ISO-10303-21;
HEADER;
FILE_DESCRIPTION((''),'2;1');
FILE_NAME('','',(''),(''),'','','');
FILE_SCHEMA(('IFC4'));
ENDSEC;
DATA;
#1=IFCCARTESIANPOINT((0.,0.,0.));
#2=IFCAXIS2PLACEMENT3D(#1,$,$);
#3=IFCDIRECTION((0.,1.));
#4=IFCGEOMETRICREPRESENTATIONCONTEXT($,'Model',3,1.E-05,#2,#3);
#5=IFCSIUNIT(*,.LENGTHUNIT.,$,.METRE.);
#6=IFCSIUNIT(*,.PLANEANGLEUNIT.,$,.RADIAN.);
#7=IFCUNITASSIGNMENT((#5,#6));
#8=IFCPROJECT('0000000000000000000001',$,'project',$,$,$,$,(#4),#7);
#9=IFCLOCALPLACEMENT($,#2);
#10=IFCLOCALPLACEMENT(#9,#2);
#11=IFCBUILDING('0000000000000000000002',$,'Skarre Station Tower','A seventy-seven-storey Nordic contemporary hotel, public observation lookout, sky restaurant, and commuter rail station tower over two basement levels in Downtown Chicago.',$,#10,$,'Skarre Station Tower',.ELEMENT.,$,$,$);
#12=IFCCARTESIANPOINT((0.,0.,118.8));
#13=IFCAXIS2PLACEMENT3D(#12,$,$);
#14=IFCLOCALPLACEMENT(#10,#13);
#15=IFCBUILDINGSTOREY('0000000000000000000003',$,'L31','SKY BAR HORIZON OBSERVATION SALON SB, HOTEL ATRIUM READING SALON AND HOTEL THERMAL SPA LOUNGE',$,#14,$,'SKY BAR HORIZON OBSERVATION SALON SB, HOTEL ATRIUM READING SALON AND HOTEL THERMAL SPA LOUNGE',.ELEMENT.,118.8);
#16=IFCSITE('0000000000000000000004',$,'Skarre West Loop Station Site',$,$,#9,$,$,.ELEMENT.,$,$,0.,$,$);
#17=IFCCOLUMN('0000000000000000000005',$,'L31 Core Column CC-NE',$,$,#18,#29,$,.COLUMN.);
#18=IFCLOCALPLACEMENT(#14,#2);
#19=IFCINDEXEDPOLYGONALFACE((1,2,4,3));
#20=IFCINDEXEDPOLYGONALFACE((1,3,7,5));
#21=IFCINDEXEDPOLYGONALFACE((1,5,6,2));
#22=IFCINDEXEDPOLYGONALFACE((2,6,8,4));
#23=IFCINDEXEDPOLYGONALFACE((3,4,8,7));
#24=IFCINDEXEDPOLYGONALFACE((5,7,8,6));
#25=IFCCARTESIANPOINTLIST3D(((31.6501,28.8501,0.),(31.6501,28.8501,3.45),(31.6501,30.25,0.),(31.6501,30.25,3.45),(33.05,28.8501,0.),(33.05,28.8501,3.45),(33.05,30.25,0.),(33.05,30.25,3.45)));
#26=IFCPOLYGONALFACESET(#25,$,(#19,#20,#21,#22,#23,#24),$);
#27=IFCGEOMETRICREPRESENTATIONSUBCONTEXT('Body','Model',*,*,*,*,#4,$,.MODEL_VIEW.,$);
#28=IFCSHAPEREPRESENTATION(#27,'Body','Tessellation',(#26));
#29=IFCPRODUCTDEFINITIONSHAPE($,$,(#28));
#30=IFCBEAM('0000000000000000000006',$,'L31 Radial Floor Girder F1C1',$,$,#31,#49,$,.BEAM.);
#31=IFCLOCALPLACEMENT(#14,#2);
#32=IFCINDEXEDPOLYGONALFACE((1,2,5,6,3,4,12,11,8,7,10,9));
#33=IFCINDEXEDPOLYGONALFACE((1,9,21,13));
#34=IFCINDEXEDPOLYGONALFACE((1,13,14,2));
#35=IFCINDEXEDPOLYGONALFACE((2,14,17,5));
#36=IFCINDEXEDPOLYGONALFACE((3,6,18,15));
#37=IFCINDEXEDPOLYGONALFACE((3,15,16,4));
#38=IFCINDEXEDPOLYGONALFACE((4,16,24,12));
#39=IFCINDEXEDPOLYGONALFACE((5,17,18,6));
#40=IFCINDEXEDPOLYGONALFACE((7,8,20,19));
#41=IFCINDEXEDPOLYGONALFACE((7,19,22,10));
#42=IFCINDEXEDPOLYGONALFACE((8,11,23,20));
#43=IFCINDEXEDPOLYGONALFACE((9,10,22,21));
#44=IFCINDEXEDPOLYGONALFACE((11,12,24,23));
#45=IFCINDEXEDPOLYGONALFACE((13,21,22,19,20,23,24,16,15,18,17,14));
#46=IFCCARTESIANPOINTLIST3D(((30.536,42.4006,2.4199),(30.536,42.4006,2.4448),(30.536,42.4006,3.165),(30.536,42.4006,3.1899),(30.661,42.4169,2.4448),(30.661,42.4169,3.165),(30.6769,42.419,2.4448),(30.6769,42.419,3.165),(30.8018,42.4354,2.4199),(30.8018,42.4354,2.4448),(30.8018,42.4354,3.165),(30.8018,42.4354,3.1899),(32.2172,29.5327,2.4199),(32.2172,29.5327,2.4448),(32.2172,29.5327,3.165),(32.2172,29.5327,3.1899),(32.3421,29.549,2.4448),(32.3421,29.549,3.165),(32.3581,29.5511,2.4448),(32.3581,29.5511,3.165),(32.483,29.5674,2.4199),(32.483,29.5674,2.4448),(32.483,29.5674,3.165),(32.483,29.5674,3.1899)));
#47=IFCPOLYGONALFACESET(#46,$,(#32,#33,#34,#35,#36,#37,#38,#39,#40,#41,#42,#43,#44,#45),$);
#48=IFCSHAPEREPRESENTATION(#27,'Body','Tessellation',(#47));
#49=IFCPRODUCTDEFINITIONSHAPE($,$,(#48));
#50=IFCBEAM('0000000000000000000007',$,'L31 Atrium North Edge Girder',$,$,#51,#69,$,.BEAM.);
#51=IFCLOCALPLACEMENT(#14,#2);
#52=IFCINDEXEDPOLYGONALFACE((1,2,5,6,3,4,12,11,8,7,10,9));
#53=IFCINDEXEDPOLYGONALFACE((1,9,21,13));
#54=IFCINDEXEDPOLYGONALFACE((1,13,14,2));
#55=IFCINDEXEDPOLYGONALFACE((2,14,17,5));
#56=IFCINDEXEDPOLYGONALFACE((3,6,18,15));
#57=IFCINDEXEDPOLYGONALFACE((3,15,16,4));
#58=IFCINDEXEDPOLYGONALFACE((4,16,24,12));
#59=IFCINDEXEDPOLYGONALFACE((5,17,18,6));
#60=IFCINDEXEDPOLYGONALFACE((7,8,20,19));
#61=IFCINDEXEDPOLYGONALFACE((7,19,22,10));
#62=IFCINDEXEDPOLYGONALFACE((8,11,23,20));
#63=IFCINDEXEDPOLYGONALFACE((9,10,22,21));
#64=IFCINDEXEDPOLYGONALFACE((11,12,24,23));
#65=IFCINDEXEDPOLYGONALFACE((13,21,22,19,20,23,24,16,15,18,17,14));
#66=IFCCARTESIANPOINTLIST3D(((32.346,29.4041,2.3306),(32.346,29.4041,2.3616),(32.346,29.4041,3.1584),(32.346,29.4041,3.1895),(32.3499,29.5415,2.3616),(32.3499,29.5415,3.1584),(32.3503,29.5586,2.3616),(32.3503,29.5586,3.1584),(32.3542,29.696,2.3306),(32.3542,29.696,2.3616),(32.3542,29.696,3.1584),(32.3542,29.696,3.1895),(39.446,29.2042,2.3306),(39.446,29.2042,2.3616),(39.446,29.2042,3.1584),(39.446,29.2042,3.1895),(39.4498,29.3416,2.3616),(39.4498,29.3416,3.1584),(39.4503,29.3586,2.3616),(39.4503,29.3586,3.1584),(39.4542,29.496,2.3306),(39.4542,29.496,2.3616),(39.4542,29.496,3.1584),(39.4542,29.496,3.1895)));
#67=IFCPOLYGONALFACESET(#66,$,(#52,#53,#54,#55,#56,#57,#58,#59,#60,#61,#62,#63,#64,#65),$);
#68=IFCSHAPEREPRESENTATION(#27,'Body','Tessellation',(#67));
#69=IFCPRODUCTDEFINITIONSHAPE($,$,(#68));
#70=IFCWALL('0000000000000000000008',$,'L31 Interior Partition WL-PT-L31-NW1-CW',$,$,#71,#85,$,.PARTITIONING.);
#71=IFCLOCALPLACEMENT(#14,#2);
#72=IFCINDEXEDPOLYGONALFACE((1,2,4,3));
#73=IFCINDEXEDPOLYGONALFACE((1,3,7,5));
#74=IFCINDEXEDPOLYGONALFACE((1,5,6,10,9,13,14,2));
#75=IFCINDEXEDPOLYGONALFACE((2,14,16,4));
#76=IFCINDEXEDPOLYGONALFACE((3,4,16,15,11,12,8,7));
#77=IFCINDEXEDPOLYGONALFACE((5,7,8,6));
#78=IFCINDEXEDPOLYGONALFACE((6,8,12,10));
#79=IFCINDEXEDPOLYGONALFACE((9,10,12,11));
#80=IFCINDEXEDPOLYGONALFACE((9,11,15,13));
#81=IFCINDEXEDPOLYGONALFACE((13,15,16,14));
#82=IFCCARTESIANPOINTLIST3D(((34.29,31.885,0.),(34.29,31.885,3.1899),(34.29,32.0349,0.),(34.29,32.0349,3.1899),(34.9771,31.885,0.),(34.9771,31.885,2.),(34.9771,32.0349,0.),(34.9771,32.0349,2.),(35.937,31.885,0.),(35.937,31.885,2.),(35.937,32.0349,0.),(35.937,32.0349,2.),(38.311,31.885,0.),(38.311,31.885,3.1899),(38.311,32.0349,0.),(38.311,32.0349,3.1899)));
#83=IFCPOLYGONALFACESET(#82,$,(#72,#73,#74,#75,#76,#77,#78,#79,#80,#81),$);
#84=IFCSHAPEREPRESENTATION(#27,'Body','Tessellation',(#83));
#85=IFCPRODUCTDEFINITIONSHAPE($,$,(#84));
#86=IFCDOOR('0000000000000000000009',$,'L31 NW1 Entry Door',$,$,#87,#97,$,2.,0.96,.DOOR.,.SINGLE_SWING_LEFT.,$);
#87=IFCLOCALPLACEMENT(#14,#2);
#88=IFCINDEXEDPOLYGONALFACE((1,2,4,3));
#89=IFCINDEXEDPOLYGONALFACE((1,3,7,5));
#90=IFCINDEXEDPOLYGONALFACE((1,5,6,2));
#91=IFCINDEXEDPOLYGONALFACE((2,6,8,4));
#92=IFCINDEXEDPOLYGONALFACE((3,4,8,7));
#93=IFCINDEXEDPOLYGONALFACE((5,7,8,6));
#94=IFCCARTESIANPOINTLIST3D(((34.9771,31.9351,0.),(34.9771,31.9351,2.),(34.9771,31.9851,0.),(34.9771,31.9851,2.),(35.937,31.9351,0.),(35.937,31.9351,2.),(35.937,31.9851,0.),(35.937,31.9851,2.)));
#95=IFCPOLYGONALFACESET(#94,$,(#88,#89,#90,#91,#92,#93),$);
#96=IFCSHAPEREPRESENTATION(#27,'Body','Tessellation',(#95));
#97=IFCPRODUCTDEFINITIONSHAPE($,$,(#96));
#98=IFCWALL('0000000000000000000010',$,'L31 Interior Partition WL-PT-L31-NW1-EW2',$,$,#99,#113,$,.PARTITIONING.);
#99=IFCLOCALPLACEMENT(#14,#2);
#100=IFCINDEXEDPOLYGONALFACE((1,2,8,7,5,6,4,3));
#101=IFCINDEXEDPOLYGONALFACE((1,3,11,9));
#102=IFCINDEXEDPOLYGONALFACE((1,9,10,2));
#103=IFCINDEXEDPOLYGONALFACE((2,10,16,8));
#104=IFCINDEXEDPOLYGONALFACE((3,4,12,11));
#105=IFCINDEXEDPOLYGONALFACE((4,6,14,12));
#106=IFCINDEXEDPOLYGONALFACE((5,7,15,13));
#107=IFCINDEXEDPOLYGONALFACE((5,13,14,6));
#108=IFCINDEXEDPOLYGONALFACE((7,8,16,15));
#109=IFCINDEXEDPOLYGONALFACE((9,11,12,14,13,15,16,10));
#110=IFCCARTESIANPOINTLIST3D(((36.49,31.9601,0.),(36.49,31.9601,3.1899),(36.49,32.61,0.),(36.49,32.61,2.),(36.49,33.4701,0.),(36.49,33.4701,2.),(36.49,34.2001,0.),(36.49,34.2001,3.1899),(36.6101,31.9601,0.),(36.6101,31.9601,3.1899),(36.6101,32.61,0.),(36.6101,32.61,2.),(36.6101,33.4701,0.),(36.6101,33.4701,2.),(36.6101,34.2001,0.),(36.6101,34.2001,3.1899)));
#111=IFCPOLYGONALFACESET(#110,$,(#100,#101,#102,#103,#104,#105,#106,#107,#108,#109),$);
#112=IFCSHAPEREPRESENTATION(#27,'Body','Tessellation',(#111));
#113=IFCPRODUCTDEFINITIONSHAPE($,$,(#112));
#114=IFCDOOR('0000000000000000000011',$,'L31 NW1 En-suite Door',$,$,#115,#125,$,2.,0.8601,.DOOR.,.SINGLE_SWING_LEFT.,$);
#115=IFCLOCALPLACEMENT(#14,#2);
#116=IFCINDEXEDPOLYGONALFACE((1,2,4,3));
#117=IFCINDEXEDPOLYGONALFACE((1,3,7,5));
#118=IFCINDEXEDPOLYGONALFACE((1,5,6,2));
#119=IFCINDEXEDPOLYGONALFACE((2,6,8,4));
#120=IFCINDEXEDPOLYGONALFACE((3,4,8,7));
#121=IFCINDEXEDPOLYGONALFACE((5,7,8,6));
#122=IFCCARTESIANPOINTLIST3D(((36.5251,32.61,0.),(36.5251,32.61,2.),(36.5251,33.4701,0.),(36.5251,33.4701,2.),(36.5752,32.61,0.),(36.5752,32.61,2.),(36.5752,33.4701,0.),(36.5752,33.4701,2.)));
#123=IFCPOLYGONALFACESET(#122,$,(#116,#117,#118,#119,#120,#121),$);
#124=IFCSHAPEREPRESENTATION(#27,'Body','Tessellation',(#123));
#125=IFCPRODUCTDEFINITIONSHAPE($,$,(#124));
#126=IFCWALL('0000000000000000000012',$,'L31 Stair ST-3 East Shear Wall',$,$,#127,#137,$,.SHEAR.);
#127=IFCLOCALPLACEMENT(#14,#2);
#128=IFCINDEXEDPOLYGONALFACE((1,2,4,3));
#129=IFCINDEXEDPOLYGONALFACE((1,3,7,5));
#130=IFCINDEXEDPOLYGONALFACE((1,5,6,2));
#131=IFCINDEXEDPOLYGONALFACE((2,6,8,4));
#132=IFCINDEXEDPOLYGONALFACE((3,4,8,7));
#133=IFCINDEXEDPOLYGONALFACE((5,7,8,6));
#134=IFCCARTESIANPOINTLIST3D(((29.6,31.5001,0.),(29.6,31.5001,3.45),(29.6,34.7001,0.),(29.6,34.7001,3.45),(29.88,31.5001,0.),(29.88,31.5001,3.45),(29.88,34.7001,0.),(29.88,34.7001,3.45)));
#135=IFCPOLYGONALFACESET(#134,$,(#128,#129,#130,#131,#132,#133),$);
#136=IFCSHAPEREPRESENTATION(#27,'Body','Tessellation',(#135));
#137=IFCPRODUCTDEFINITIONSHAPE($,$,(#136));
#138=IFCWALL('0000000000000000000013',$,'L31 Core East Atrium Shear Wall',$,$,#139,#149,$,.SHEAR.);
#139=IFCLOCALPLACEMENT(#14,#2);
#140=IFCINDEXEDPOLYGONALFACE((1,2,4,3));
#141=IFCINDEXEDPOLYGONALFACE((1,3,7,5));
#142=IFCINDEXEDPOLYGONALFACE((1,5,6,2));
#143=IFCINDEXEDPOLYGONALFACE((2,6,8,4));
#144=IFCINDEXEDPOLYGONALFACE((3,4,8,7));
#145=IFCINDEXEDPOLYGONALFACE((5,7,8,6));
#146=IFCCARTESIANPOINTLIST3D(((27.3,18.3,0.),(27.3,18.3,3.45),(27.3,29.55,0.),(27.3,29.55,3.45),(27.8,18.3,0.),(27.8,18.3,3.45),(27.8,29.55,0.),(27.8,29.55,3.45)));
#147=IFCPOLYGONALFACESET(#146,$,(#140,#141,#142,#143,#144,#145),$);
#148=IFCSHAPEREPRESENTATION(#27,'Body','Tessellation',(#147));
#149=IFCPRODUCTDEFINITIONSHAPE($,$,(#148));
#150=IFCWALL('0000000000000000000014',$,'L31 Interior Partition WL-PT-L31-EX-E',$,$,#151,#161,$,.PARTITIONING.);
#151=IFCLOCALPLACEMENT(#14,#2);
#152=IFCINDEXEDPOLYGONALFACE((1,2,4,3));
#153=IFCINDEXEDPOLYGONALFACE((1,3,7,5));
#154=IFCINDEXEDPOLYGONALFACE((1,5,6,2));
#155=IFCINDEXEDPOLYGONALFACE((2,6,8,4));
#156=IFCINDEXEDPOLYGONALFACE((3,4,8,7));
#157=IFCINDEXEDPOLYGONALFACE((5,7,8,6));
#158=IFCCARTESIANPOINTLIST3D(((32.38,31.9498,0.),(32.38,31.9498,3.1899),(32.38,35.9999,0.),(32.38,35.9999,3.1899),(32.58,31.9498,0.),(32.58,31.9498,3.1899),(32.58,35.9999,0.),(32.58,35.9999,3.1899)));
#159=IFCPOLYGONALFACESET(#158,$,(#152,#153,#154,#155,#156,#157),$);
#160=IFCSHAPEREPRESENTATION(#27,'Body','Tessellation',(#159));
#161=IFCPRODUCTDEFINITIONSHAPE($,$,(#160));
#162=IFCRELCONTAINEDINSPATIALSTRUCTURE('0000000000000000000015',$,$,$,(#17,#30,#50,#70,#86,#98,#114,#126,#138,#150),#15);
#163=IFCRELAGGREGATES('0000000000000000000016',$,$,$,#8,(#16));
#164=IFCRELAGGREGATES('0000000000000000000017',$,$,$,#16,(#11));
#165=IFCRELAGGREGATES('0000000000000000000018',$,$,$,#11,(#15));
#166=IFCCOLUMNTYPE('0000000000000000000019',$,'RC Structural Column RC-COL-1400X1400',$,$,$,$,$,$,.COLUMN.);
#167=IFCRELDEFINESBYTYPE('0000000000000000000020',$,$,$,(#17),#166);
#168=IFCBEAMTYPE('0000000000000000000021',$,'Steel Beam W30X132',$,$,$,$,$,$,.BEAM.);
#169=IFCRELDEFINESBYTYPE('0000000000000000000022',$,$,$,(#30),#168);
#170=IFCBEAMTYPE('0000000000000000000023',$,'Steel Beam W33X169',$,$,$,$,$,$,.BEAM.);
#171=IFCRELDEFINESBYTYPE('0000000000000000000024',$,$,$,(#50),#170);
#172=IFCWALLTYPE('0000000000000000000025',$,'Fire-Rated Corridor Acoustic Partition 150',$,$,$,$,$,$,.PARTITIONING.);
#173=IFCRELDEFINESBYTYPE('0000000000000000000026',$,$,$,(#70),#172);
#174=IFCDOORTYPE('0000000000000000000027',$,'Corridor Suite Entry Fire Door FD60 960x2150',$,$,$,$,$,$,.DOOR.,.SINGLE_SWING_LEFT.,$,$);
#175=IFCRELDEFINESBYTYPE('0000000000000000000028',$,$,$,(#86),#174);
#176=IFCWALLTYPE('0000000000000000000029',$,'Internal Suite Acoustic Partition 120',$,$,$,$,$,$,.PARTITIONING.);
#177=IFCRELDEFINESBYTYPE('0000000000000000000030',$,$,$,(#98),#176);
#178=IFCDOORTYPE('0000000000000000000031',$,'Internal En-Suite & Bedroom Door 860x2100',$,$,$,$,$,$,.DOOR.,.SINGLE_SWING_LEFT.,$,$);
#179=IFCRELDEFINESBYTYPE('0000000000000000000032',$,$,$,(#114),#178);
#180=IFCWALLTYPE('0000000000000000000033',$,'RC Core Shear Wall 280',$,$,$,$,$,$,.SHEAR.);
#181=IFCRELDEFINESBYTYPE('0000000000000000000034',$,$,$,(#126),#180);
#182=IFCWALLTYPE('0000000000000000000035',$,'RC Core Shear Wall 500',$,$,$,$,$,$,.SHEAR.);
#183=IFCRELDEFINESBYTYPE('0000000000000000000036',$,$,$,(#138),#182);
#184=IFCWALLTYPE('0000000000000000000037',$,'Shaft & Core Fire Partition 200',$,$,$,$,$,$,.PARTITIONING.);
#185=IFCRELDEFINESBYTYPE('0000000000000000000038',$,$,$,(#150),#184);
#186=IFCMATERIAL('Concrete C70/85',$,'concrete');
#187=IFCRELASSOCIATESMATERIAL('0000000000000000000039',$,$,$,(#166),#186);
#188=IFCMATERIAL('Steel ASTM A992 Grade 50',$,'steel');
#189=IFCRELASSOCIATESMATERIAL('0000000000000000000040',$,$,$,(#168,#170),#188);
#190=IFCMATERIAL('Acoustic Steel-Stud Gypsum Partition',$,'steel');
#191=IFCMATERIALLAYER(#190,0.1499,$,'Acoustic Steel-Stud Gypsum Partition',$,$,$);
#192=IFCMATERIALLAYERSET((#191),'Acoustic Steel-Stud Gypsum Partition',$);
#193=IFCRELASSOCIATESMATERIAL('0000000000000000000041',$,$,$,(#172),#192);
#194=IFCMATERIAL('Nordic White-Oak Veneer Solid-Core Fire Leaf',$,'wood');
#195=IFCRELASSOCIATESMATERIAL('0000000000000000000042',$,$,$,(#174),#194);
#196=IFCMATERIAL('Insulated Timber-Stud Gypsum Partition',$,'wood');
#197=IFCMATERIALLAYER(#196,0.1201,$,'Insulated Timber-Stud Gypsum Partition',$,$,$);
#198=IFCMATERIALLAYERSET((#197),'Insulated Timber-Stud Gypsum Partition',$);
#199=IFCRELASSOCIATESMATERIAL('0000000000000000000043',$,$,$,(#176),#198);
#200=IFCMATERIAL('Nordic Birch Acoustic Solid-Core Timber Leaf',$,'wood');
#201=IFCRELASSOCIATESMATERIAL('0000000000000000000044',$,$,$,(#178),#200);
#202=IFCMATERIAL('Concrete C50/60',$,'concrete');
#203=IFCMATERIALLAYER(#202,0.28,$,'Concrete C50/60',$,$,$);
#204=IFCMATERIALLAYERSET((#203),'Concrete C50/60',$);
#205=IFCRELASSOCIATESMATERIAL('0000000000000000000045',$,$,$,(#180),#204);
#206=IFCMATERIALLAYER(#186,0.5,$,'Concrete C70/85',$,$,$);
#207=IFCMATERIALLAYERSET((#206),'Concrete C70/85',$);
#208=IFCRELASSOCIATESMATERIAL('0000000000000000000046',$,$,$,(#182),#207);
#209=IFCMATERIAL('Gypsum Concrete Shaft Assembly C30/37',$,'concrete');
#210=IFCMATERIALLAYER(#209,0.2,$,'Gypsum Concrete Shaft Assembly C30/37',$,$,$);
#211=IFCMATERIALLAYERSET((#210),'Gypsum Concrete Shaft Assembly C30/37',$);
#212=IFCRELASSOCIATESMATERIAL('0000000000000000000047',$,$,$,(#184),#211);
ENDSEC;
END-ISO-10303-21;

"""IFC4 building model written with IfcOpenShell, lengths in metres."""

from ifc_helpers import new_model, si_unit, direction, frame, frame_2d, origin, origin_2d, place, context, subcontext, project, spatial, rectangle, i_section, extrude, material, layer, layer_set, material_profile, profile_set, type_object, element, fill, save


model = new_model("IFC4")

# Units and contexts
model_context = context("Model", 3, precision=1e-05, world=origin(), true_north=direction((0.0, 1.0)))
body_context = subcontext(model_context, "Body", "Model", "MODEL_VIEW")
ifc_project = project(units=[si_unit("LENGTHUNIT", "METRE"), si_unit("PLANEANGLEUNIT", "RADIAN")], contexts=[model_context])

# Site, building, storey
site_placement = place(None, origin())
site = spatial("IfcSite", under=ifc_project, at=site_placement, Name="Skarre West Loop Station Site", CompositionType="ELEMENT", RefElevation=0.0)
building_placement = place(site_placement, origin())
building = spatial("IfcBuilding", under=site, at=building_placement, Name="Skarre Station Tower", Description="A seventy-seven-storey Nordic contemporary hotel, public observation lookout, sky restaurant, and commuter rail station tower over two basement levels in Downtown Chicago.", LongName="Skarre Station Tower", CompositionType="ELEMENT")
storey_placement = place(building_placement, frame((0.0, 0.0, 118.8)))
storey = spatial("IfcBuildingStorey", under=building, at=storey_placement, Name="L31", Description="SKY BAR HORIZON OBSERVATION SALON SB, HOTEL ATRIUM READING SALON AND HOTEL THERMAL SPA LOUNGE", LongName="SKY BAR HORIZON OBSERVATION SALON SB, HOTEL ATRIUM READING SALON AND HOTEL THERMAL SPA LOUNGE", CompositionType="ELEMENT", Elevation=118.8)

# Column
ifc_material_1 = material(Name="Concrete C70/85", Category="concrete")
ifc_material_profile_1 = material_profile(ifc_material_1, rectangle(XDim=1.3999, YDim=1.3999, at=origin_2d()), Name="Concrete C70/85")
ifc_profile_set_1 = profile_set([ifc_material_profile_1], Name="Concrete C70/85")
column_type = type_object("IfcColumnType", Name="RC Structural Column RC-COL-1400X1400", PredefinedType="COLUMN", material=ifc_profile_set_1)
column_placement = place(storey_placement, frame((32.3501, 29.55, 0.0), z_axis=(0.0, 0.0, 1.0), x_axis=(1.0, 0.0, 0.0)))
element("IfcColumn", 1, at=column_placement, inside=storey, type_object=column_type, Name="L31 Core Column CC-NE", PredefinedType="COLUMN", context=body_context, shape_type="SweptSolid", body=[
    extrude(rectangle(XDim=1.3999, YDim=1.3999, at=origin_2d()), origin(), (0.0, 0.0, 1.0), 3.45),
])

# Beams
ifc_material_2 = material(Name="Steel ASTM A992 Grade 50", Category="steel")
ifc_material_profile_2 = material_profile(ifc_material_2, i_section(OverallWidth=0.2681, OverallDepth=0.77, WebThickness=0.0161, FlangeThickness=0.0249, at=origin_2d()), Name="Steel ASTM A992 Grade 50")
ifc_profile_set_2 = profile_set([ifc_material_profile_2], Name="Steel ASTM A992 Grade 50")
beam_type_1 = type_object("IfcBeamType", Name="Steel Beam W30X132", PredefinedType="BEAM", material=ifc_profile_set_2)
beam_1_placement = place(storey_placement, frame((32.3501, 29.55, 2.8049), z_axis=(-0.129546, 0.991573, 0.0), x_axis=(-0.991573, -0.129546, 0.0)))
element("IfcBeam", 2, at=beam_1_placement, inside=storey, type_object=beam_type_1, Name="L31 Radial Floor Girder F1C1", PredefinedType="BEAM", context=body_context, shape_type="SweptSolid", body=[
    extrude(i_section(OverallWidth=0.2681, OverallDepth=0.77, WebThickness=0.0161, FlangeThickness=0.0249, at=origin_2d()), origin(), (0.0, 0.0, 1.0), 12.9773),
])
ifc_material_profile_3 = material_profile(ifc_material_2, i_section(OverallWidth=0.292, OverallDepth=0.8589, WebThickness=0.0171, FlangeThickness=0.031, at=origin_2d()), Name="Steel ASTM A992 Grade 50")
ifc_profile_set_3 = profile_set([ifc_material_profile_3], Name="Steel ASTM A992 Grade 50")
beam_type_2 = type_object("IfcBeamType", Name="Steel Beam W33X169", PredefinedType="BEAM", material=ifc_profile_set_3)
beam_2_placement = place(storey_placement, frame((32.3501, 29.55, 2.76), z_axis=(0.999604, -0.028152, 0.0), x_axis=(0.028152, 0.999604, 0.0)))
element("IfcBeam", 3, at=beam_2_placement, inside=storey, type_object=beam_type_2, Name="L31 Atrium North Edge Girder", PredefinedType="BEAM", context=body_context, shape_type="SweptSolid", body=[
    extrude(i_section(OverallWidth=0.292, OverallDepth=0.8589, WebThickness=0.0171, FlangeThickness=0.031, at=origin_2d()), origin(), (0.0, 0.0, 1.0), 7.1028),
])

# Walls, openings, doors
ifc_material_3 = material(Name="Acoustic Steel-Stud Gypsum Partition", Category="steel")
ifc_layer_1 = layer(ifc_material_3, 0.1499, Name="Acoustic Steel-Stud Gypsum Partition")
ifc_layer_set_1 = layer_set([ifc_layer_1], Name="Acoustic Steel-Stud Gypsum Partition")
wall_type_1 = type_object("IfcWallType", Name="Fire-Rated Corridor Acoustic Partition 150", PredefinedType="PARTITIONING", material=ifc_layer_set_1)
wall_1_placement = place(storey_placement, frame((38.311, 31.96, 0.0), z_axis=(0.0, 0.0, 1.0), x_axis=(-1.0, 0.0, 0.0)))
wall_1 = element("IfcWall", 4, at=wall_1_placement, inside=storey, type_object=wall_type_1, Name="L31 Interior Partition WL-PT-L31-NW1-CW", PredefinedType="PARTITIONING", context=body_context, shape_type="SweptSolid", body=[
    extrude(rectangle(XDim=4.021, YDim=0.1499, at=frame_2d((2.0105, 0.0))), origin(), (0.0, 0.0, 1.0), 3.1899),
])
opening_1_placement = place(wall_1_placement, frame((2.374, 0.0, 0.0)))
opening_1 = element("IfcOpeningElement", 5, at=opening_1_placement, cuts=wall_1, PredefinedType="OPENING", context=body_context, shape_type="SweptSolid", body=[
    extrude(rectangle(XDim=0.96, YDim=2.0, at=frame_2d((0.48, 1.0))), frame((0.0, 0.085, 0.0), z_axis=(0.0, -1.0, 0.0), x_axis=(1.0, 0.0, 0.0)), (0.0, 0.0, 1.0), 0.1699),
])
ifc_material_4 = material(Name="Nordic White-Oak Veneer Solid-Core Fire Leaf", Category="wood")
door_type_1 = type_object("IfcDoorType", Name="Corridor Suite Entry Fire Door FD60 960x2150", OperationType="SINGLE_SWING_LEFT", PredefinedType="DOOR", material=ifc_material_4)
door_1_placement = place(opening_1_placement, origin())
door_1 = element("IfcDoor", 6, at=door_1_placement, inside=storey, type_object=door_type_1, Name="L31 NW1 Entry Door", OperationType="SINGLE_SWING_LEFT", OverallHeight=2.0, OverallWidth=0.96, PredefinedType="DOOR", context=body_context, shape_type="SweptSolid", body=[
    extrude(rectangle(XDim=0.96, YDim=2.0, at=frame_2d((0.48, 1.0))), frame((0.0, 0.0249, 0.0), z_axis=(0.0, -1.0, 0.0), x_axis=(1.0, 0.0, 0.0)), (0.0, 0.0, 1.0), 0.05),
])
fill(opening_1, door_1)
ifc_material_5 = material(Name="Insulated Timber-Stud Gypsum Partition", Category="wood")
ifc_layer_2 = layer(ifc_material_5, 0.1201, Name="Insulated Timber-Stud Gypsum Partition")
ifc_layer_set_2 = layer_set([ifc_layer_2], Name="Insulated Timber-Stud Gypsum Partition")
wall_type_2 = type_object("IfcWallType", Name="Internal Suite Acoustic Partition 120", PredefinedType="PARTITIONING", material=ifc_layer_set_2)
wall_2_placement = place(storey_placement, frame((36.55, 31.96, 0.0), z_axis=(0.0, 0.0, 1.0), x_axis=(0.0, 1.0, 0.0)))
wall_2 = element("IfcWall", 7, at=wall_2_placement, inside=storey, type_object=wall_type_2, Name="L31 Interior Partition WL-PT-L31-NW1-EW2", PredefinedType="PARTITIONING", context=body_context, shape_type="SweptSolid", body=[
    extrude(rectangle(XDim=2.24, YDim=0.1201, at=frame_2d((1.1201, 0.0))), origin(), (0.0, 0.0, 1.0), 3.1899),
])
opening_2_placement = place(wall_2_placement, frame((0.6499, 0.0, 0.0)))
opening_2 = element("IfcOpeningElement", 8, at=opening_2_placement, cuts=wall_2, PredefinedType="OPENING", context=body_context, shape_type="SweptSolid", body=[
    extrude(rectangle(XDim=0.8601, YDim=2.0, at=frame_2d((0.4302, 1.0))), frame((0.0, 0.0701, 0.0), z_axis=(0.0, -1.0, 0.0), x_axis=(1.0, 0.0, 0.0)), (0.0, 0.0, 1.0), 0.1401),
])
ifc_material_6 = material(Name="Nordic Birch Acoustic Solid-Core Timber Leaf", Category="wood")
door_type_2 = type_object("IfcDoorType", Name="Internal En-Suite & Bedroom Door 860x2100", OperationType="SINGLE_SWING_LEFT", PredefinedType="DOOR", material=ifc_material_6)
door_2_placement = place(opening_2_placement, origin())
door_2 = element("IfcDoor", 9, at=door_2_placement, inside=storey, type_object=door_type_2, Name="L31 NW1 En-suite Door", OperationType="SINGLE_SWING_LEFT", OverallHeight=2.0, OverallWidth=0.8601, PredefinedType="DOOR", context=body_context, shape_type="SweptSolid", body=[
    extrude(rectangle(XDim=0.8601, YDim=2.0, at=frame_2d((0.4302, 1.0))), frame((0.0, 0.0249, 0.0), z_axis=(0.0, -1.0, 0.0), x_axis=(1.0, 0.0, 0.0)), (0.0, 0.0, 1.0), 0.05),
])
fill(opening_2, door_2)

# Walls
ifc_material_7 = material(Name="Concrete C50/60", Category="concrete")
ifc_layer_3 = layer(ifc_material_7, 0.28, Name="Concrete C50/60")
ifc_layer_set_3 = layer_set([ifc_layer_3], Name="Concrete C50/60")
wall_type_3 = type_object("IfcWallType", Name="RC Core Shear Wall 280", PredefinedType="SHEAR", material=ifc_layer_set_3)
wall_3_placement = place(storey_placement, frame((29.74, 31.5, 0.0), z_axis=(0.0, 0.0, 1.0), x_axis=(0.0, 1.0, 0.0)))
element("IfcWall", 10, at=wall_3_placement, inside=storey, type_object=wall_type_3, Name="L31 Stair ST-3 East Shear Wall", PredefinedType="SHEAR", context=body_context, shape_type="SweptSolid", body=[
    extrude(rectangle(XDim=3.2, YDim=0.28, at=frame_2d((1.6001, 0.0))), origin(), (0.0, 0.0, 1.0), 3.45),
])
ifc_layer_4 = layer(ifc_material_1, 0.5, Name="Concrete C70/85")
ifc_layer_set_4 = layer_set([ifc_layer_4], Name="Concrete C70/85")
wall_type_4 = type_object("IfcWallType", Name="RC Core Shear Wall 500", PredefinedType="SHEAR", material=ifc_layer_set_4)
wall_4_placement = place(storey_placement, frame((27.55, 29.55, 0.0), z_axis=(0.0, 0.0, 1.0), x_axis=(0.0, -1.0, 0.0)))
element("IfcWall", 11, at=wall_4_placement, inside=storey, type_object=wall_type_4, Name="L31 Core East Atrium Shear Wall", PredefinedType="SHEAR", context=body_context, shape_type="SweptSolid", body=[
    extrude(rectangle(XDim=11.25, YDim=0.5, at=frame_2d((5.625, 0.0))), origin(), (0.0, 0.0, 1.0), 3.45),
])
ifc_material_8 = material(Name="Gypsum Concrete Shaft Assembly C30/37", Category="concrete")
ifc_layer_5 = layer(ifc_material_8, 0.2, Name="Gypsum Concrete Shaft Assembly C30/37")
ifc_layer_set_5 = layer_set([ifc_layer_5], Name="Gypsum Concrete Shaft Assembly C30/37")
wall_type_5 = type_object("IfcWallType", Name="Shaft & Core Fire Partition 200", PredefinedType="PARTITIONING", material=ifc_layer_set_5)
wall_5_placement = place(storey_placement, frame((32.48, 31.95, 0.0), z_axis=(0.0, 0.0, 1.0), x_axis=(0.0, 1.0, 0.0)))
element("IfcWall", 12, at=wall_5_placement, inside=storey, type_object=wall_type_5, Name="L31 Interior Partition WL-PT-L31-EX-E", PredefinedType="PARTITIONING", context=body_context, shape_type="SweptSolid", body=[
    extrude(rectangle(XDim=4.05, YDim=0.2, at=frame_2d((2.0249, 0.0))), origin(), (0.0, 0.0, 1.0), 3.1899),
])

save(model, "model.ifc")
